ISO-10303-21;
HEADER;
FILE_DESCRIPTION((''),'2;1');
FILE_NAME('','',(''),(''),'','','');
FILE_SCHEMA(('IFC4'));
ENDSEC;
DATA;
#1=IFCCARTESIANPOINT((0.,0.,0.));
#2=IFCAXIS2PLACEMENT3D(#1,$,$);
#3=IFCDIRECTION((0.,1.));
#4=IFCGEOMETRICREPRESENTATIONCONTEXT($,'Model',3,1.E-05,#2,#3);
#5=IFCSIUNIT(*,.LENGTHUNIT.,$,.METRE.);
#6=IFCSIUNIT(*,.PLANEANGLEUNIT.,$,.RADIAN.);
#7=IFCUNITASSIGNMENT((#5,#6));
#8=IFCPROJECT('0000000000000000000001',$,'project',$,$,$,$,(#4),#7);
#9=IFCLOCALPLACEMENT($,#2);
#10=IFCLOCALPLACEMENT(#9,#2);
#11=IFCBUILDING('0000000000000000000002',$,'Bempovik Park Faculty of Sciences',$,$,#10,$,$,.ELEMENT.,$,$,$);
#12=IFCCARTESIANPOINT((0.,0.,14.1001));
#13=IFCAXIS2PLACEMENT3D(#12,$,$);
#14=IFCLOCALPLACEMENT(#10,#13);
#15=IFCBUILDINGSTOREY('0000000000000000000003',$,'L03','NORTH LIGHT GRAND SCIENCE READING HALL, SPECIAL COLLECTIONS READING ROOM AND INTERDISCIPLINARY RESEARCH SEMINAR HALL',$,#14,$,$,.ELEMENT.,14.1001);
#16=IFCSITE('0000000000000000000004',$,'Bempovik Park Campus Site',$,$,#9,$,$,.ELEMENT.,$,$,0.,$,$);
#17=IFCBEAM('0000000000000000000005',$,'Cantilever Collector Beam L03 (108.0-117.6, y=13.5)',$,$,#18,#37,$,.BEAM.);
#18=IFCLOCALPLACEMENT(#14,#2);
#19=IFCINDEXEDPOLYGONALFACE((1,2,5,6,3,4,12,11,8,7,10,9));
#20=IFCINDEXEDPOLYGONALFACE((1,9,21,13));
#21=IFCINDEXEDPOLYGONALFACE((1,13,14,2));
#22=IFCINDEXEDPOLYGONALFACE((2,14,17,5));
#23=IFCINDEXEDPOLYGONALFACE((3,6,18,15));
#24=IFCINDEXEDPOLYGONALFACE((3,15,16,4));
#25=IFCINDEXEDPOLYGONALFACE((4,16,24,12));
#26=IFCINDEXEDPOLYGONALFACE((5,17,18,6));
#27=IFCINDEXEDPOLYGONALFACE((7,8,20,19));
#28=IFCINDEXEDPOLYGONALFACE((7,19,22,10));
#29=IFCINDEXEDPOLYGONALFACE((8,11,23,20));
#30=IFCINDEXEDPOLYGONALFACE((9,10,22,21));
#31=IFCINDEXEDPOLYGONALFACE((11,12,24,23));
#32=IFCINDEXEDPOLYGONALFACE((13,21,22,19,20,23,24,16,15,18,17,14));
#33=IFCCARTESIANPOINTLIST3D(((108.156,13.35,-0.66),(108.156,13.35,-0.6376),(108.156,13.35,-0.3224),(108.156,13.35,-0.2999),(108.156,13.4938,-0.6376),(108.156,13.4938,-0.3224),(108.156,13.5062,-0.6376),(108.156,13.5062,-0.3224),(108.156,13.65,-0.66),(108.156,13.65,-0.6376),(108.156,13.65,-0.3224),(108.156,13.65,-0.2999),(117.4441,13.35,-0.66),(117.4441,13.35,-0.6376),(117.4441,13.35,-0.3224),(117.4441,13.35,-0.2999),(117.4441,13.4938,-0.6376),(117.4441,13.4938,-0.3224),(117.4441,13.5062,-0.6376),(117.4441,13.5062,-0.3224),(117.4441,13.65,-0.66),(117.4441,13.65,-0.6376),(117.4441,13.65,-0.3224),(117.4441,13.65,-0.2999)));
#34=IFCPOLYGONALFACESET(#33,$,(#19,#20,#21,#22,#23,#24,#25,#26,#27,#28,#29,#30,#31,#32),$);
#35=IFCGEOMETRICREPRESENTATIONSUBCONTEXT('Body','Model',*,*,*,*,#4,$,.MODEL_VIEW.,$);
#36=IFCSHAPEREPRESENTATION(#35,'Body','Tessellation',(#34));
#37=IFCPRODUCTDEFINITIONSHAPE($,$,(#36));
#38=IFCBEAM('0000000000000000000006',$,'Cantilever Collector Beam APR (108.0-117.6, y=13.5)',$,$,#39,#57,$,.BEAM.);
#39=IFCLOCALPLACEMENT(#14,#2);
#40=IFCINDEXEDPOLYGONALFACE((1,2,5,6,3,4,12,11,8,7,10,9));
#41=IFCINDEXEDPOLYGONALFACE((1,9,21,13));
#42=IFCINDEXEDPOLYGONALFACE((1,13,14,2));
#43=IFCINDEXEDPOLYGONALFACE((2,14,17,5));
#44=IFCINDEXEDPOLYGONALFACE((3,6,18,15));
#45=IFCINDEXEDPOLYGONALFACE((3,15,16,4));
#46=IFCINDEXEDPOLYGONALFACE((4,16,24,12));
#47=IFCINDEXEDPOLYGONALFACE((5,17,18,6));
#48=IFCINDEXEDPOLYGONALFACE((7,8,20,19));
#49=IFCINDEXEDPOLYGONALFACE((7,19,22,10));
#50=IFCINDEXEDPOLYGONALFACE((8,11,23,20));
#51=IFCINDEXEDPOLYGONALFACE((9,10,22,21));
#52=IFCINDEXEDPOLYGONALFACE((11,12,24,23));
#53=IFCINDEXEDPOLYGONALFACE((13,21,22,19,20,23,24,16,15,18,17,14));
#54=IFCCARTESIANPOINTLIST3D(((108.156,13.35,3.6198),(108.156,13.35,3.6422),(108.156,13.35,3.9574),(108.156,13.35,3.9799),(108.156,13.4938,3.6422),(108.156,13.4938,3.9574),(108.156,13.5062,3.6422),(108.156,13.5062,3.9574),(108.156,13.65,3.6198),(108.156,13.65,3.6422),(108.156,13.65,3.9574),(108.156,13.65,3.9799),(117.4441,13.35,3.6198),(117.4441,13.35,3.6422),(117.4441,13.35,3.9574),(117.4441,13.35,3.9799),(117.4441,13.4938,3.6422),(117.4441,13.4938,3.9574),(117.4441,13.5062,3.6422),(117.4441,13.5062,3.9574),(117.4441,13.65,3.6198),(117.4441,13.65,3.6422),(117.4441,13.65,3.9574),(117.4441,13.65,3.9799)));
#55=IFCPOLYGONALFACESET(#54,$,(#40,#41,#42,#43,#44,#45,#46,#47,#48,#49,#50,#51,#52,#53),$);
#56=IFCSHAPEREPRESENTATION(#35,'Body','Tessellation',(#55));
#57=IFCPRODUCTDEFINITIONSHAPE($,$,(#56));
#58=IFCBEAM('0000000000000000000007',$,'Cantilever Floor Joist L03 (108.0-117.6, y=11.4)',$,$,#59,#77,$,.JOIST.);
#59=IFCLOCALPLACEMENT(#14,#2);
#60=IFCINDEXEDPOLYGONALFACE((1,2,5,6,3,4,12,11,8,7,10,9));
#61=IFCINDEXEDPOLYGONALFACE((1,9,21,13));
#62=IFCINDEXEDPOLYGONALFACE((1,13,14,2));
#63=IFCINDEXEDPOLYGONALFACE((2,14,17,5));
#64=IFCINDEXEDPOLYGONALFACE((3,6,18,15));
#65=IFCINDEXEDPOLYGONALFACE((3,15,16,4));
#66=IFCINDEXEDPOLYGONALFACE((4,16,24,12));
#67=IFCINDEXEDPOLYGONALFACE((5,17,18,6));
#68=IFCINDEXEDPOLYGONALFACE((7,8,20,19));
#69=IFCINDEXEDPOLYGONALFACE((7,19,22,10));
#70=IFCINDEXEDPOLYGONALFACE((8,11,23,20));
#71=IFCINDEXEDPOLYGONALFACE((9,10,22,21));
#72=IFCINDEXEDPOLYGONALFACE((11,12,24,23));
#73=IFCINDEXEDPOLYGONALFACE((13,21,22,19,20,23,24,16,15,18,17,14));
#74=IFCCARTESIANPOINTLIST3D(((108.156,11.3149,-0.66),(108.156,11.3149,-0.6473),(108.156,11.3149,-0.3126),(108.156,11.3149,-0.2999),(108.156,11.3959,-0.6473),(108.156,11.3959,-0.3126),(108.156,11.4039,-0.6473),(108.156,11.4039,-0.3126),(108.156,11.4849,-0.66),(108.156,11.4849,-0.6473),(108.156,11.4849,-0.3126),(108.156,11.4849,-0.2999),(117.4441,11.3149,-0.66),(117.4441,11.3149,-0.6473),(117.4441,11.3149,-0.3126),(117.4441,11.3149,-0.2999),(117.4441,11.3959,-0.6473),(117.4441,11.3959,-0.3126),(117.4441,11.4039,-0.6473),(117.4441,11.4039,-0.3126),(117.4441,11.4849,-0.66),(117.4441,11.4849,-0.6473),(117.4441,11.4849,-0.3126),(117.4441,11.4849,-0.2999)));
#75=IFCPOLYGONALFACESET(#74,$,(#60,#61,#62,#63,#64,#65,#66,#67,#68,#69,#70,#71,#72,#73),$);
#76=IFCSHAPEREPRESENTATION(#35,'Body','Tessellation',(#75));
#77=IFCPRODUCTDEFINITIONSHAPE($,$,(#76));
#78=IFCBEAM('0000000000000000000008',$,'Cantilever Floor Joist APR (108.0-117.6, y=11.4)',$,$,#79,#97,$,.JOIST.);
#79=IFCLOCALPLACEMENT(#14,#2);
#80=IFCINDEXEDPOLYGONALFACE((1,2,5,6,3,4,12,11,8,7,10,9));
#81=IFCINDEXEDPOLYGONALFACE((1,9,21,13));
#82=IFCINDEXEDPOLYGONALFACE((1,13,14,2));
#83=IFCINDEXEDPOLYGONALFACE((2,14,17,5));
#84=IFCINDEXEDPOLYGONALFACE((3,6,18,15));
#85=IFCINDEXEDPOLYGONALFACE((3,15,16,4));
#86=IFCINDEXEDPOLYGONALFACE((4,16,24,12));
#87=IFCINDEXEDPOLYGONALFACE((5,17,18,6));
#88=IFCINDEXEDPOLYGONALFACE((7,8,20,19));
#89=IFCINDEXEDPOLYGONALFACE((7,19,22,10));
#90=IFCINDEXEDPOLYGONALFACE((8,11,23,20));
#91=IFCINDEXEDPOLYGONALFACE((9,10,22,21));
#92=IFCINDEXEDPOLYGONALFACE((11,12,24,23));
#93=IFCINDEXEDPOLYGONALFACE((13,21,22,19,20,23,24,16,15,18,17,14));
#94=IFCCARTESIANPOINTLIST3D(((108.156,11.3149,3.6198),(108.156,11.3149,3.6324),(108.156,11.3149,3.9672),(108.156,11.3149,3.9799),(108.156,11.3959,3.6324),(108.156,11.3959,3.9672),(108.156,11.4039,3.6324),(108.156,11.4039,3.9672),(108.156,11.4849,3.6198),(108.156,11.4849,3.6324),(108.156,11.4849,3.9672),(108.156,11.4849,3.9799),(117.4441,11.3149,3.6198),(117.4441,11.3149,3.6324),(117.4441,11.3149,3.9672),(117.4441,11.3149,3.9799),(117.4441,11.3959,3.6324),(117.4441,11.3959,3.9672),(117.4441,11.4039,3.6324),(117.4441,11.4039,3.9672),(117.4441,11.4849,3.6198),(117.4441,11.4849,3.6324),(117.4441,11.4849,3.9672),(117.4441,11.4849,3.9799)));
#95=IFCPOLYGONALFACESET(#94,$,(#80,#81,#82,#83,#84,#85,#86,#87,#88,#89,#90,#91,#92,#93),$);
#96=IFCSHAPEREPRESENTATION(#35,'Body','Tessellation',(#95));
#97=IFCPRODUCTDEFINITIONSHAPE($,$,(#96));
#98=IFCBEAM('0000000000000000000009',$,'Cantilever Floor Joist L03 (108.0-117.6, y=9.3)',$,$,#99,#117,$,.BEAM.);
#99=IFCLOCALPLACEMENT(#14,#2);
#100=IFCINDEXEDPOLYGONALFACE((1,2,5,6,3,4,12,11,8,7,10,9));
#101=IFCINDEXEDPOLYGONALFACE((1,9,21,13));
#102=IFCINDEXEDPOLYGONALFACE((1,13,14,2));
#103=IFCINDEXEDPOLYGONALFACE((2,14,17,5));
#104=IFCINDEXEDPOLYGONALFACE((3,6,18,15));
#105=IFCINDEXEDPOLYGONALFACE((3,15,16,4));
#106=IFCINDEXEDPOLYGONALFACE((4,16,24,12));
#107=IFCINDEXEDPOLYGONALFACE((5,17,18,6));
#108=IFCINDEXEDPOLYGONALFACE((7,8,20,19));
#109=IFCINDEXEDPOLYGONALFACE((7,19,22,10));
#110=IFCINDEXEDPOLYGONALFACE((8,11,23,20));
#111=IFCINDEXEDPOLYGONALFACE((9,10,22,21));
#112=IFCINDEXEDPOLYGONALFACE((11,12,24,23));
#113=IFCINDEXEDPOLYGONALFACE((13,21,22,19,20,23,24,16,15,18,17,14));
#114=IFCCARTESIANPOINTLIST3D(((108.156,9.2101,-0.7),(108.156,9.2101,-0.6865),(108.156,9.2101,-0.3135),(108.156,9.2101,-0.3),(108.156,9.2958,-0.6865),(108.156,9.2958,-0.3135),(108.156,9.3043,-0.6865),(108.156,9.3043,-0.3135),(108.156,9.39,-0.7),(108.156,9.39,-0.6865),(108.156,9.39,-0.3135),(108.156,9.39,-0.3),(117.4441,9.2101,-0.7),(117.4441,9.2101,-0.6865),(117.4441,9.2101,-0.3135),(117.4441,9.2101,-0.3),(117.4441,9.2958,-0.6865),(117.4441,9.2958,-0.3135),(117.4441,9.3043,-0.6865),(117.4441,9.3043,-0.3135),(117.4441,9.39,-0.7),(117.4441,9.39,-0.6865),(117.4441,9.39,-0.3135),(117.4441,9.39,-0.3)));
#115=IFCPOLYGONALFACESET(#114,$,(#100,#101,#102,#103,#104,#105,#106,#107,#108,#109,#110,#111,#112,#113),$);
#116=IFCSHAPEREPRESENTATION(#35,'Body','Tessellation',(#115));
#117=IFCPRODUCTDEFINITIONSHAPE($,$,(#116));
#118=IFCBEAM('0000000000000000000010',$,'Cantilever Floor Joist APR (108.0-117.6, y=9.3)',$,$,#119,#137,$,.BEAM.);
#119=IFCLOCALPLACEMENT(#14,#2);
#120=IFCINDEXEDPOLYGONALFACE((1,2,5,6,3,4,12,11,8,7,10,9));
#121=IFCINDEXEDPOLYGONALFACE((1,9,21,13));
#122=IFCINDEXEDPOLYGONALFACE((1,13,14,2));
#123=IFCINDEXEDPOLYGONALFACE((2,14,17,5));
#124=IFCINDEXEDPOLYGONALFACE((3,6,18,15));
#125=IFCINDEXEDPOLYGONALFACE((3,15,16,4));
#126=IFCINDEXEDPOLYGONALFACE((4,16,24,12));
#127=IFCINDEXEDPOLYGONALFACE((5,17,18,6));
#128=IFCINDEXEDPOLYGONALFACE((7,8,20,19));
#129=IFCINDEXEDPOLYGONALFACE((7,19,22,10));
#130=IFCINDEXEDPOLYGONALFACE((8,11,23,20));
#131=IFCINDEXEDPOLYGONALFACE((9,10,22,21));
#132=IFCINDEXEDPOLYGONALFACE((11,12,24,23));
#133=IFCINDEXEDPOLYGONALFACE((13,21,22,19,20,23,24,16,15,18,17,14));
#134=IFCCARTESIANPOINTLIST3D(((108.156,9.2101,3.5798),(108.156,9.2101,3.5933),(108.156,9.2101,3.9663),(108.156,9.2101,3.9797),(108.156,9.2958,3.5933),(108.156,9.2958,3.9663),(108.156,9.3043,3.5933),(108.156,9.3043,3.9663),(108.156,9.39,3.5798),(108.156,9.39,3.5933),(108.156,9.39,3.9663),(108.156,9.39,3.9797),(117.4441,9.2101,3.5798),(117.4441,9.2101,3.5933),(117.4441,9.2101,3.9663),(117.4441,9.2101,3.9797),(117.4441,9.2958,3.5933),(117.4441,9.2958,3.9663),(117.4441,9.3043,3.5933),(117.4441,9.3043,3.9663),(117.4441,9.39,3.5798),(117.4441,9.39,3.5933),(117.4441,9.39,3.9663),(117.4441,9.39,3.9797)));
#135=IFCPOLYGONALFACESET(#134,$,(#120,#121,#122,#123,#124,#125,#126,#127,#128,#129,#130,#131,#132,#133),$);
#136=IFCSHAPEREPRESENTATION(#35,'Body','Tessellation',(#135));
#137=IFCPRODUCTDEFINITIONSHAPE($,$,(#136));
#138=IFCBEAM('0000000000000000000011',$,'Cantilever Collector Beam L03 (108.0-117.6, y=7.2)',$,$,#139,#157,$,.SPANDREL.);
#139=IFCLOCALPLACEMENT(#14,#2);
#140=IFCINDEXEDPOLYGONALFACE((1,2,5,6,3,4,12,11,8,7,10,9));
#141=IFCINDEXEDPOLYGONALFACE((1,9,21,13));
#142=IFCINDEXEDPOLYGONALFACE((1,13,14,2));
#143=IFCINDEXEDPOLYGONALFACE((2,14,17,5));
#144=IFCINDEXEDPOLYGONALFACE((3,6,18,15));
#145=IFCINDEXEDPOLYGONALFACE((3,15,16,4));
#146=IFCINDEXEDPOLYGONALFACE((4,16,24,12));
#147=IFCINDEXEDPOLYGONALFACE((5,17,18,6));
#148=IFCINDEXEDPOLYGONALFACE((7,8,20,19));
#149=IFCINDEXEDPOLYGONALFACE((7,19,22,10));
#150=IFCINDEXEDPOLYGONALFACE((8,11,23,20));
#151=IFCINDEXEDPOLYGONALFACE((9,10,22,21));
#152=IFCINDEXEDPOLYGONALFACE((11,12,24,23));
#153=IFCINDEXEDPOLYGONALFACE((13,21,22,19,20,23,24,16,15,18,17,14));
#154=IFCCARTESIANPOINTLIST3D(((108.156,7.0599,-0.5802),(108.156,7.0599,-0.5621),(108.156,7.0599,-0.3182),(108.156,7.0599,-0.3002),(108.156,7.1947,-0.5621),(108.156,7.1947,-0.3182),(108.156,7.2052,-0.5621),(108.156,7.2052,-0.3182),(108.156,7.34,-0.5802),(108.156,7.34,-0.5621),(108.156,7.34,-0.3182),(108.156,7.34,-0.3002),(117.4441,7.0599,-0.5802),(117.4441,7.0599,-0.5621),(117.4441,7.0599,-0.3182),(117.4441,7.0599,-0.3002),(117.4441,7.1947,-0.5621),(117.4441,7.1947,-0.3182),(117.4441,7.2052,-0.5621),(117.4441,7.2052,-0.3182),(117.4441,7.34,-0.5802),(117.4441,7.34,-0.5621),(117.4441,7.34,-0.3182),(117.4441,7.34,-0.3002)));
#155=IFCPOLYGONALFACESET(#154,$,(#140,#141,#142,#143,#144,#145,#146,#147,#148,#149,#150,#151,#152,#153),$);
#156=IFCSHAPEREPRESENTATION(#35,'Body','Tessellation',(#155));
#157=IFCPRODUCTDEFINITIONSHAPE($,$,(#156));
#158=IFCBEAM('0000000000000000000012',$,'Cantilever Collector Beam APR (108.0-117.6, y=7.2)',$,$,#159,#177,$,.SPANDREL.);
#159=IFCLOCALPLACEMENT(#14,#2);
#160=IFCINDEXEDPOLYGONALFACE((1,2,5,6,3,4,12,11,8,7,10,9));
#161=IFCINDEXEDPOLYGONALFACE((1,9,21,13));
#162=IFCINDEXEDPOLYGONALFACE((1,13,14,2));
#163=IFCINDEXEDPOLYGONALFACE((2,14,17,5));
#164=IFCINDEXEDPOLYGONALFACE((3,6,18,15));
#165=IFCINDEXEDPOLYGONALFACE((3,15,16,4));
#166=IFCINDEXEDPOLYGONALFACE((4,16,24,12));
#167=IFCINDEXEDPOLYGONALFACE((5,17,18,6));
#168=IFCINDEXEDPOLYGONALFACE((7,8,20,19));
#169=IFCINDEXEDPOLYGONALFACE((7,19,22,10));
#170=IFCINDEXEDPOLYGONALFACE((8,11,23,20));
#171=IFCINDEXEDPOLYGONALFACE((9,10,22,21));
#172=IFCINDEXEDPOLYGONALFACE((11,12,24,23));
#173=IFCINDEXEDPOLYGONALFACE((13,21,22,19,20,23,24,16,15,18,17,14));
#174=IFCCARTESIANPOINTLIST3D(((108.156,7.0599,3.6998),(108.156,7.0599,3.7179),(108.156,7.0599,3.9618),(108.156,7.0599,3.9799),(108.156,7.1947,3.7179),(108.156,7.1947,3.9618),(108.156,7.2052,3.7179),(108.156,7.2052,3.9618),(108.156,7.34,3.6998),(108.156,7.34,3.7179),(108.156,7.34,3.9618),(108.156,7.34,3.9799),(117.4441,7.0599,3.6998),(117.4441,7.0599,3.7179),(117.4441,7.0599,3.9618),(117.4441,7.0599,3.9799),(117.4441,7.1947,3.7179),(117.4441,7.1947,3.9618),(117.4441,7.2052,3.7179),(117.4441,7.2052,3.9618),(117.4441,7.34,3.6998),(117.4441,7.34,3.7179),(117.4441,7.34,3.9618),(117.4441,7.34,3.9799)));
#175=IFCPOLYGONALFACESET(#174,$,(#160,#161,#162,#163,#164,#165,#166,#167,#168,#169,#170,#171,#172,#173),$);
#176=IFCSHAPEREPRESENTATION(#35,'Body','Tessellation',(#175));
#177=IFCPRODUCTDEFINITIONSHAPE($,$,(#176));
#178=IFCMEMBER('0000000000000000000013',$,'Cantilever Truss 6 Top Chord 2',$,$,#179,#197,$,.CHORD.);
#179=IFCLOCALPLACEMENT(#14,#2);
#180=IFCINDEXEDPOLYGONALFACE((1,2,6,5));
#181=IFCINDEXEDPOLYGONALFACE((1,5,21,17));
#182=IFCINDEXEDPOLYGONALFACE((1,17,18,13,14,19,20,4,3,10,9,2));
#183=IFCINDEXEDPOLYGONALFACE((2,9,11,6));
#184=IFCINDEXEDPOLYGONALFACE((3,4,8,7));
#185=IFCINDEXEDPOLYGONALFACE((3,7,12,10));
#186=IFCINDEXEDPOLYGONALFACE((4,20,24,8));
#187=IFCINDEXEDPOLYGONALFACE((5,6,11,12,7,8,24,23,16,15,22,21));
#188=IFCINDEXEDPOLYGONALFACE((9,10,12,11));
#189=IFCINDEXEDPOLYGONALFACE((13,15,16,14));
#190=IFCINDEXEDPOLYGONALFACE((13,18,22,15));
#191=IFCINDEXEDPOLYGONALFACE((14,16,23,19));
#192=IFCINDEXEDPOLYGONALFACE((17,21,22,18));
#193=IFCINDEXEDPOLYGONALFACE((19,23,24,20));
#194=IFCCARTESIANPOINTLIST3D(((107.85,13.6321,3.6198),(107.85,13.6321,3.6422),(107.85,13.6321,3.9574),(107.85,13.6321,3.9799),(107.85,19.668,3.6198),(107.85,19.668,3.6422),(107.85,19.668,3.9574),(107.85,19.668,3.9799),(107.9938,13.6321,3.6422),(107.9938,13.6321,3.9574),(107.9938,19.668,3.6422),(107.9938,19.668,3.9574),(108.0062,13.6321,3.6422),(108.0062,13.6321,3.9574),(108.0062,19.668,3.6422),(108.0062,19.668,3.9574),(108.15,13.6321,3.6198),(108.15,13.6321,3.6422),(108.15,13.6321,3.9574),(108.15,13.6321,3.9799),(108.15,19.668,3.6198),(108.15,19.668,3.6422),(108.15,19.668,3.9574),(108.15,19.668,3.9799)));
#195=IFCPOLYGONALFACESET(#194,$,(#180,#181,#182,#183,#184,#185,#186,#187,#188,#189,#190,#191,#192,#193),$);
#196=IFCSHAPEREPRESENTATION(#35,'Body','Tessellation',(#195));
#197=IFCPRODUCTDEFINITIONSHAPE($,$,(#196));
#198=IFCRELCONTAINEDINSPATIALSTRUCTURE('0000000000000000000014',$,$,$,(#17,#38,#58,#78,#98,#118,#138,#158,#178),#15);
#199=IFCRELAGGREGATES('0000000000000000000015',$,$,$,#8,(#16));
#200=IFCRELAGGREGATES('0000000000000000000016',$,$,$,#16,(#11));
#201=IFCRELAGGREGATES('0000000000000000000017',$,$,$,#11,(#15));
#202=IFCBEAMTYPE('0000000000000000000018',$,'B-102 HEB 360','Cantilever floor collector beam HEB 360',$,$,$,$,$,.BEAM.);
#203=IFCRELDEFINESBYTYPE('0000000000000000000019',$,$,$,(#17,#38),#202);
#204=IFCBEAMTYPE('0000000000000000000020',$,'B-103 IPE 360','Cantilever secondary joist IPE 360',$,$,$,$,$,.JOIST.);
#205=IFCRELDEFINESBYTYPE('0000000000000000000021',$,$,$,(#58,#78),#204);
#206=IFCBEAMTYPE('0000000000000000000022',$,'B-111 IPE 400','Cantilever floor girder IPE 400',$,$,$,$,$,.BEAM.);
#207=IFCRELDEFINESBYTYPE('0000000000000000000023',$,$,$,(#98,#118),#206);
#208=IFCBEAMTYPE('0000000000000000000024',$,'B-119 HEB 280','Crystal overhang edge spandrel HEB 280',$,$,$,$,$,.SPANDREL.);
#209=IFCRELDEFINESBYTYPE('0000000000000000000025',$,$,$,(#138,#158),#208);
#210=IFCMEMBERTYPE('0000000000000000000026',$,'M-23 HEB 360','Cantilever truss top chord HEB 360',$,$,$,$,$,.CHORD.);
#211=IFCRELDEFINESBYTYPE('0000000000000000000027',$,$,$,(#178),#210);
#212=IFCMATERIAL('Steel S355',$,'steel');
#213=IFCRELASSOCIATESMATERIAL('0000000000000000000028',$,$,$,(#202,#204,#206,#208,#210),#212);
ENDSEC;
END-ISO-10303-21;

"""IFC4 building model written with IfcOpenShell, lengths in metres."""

from ifc_helpers import new_model, si_unit, direction, frame, origin, origin_2d, place, context, subcontext, project, spatial, i_section, extrude, material, material_profile, profile_set, type_object, element, save


model = new_model("IFC4")

# Units and contexts
model_context = context("Model", 3, precision=1e-05, world=origin(), true_north=direction((0.0, 1.0)))
body_context = subcontext(model_context, "Body", "Model", "MODEL_VIEW")
ifc_project = project(units=[si_unit("LENGTHUNIT", "METRE"), si_unit("PLANEANGLEUNIT", "RADIAN")], contexts=[model_context])

# Site, building, storey
site_placement = place(None, origin())
site = spatial("IfcSite", under=ifc_project, at=site_placement, Name="Bempovik Park Campus Site", CompositionType="ELEMENT", RefElevation=0.0)
building_placement = place(site_placement, origin())
building = spatial("IfcBuilding", under=site, at=building_placement, Name="Bempovik Park Faculty of Sciences", CompositionType="ELEMENT")
storey_placement = place(building_placement, frame((0.0, 0.0, 14.1001)))
storey = spatial("IfcBuildingStorey", under=building, at=storey_placement, Name="L03", Description="NORTH LIGHT GRAND SCIENCE READING HALL, SPECIAL COLLECTIONS READING ROOM AND INTERDISCIPLINARY RESEARCH SEMINAR HALL", CompositionType="ELEMENT", Elevation=14.1001)

# Beams
ifc_material_1 = material(Name="Steel S355", Category="steel")
ifc_material_profile_1 = material_profile(ifc_material_1, i_section(OverallWidth=0.3, OverallDepth=0.3601, WebThickness=0.0125, FlangeThickness=0.0225, at=origin_2d()), Name="HEB 360")
ifc_profile_set_1 = profile_set([ifc_material_profile_1], Name="Steel S355")
beam_type_1 = type_object("IfcBeamType", Name="B-102 HEB 360", Description="Cantilever floor collector beam HEB 360", PredefinedType="BEAM", material=ifc_profile_set_1)
for number, where, z_axis, x_axis, name in (
    (1, (108.156, 13.5, -0.48), (1.0, 0.0, 0.0), (0.0, 1.0, 0.0), "Cantilever Collector Beam L03 (108.0-117.6, y=13.5)"),
    (2, (108.156, 13.5, 3.7998), (1.0, 0.0, 0.0), (0.0, 1.0, 0.0), "Cantilever Collector Beam APR (108.0-117.6, y=13.5)"),
):
    element("IfcBeam", number, at=place(storey_placement, frame(where, z_axis=z_axis, x_axis=x_axis)), inside=storey, type_object=beam_type_1, Name=name, PredefinedType="BEAM", context=body_context, shape_type="SweptSolid", body=[
        extrude(i_section(OverallWidth=0.3, OverallDepth=0.3601, WebThickness=0.0125, FlangeThickness=0.0225, at=origin_2d()), origin(), (0.0, 0.0, 1.0), 9.2881),
    ])
ifc_material_profile_2 = material_profile(ifc_material_1, i_section(OverallWidth=0.1699, OverallDepth=0.3601, WebThickness=0.0081, FlangeThickness=0.0127, at=origin_2d()), Name="IPE 360")
ifc_profile_set_2 = profile_set([ifc_material_profile_2], Name="Steel S355")
beam_type_2 = type_object("IfcBeamType", Name="B-103 IPE 360", Description="Cantilever secondary joist IPE 360", PredefinedType="JOIST", material=ifc_profile_set_2)
for number, where, z_axis, x_axis, name in (
    (3, (108.156, 11.3999, -0.48), (1.0, 0.0, 0.0), (0.0, 1.0, 0.0), "Cantilever Floor Joist L03 (108.0-117.6, y=11.4)"),
    (4, (108.156, 11.3999, 3.7998), (1.0, 0.0, 0.0), (0.0, 1.0, 0.0), "Cantilever Floor Joist APR (108.0-117.6, y=11.4)"),
):
    element("IfcBeam", number, at=place(storey_placement, frame(where, z_axis=z_axis, x_axis=x_axis)), inside=storey, type_object=beam_type_2, Name=name, PredefinedType="JOIST", context=body_context, shape_type="SweptSolid", body=[
        extrude(i_section(OverallWidth=0.1699, OverallDepth=0.3601, WebThickness=0.0081, FlangeThickness=0.0127, at=origin_2d()), origin(), (0.0, 0.0, 1.0), 9.2881),
    ])
ifc_material_profile_3 = material_profile(ifc_material_1, i_section(OverallWidth=0.1799, OverallDepth=0.3999, WebThickness=0.0085, FlangeThickness=0.0134, at=origin_2d()), Name="IPE 400")
ifc_profile_set_3 = profile_set([ifc_material_profile_3], Name="Steel S355")
beam_type_3 = type_object("IfcBeamType", Name="B-111 IPE 400", Description="Cantilever floor girder IPE 400", PredefinedType="BEAM", material=ifc_profile_set_3)
for number, where, z_axis, x_axis, name in (
    (5, (108.156, 9.3, -0.5), (1.0, 0.0, 0.0), (0.0, 1.0, 0.0), "Cantilever Floor Joist L03 (108.0-117.6, y=9.3)"),
    (6, (108.156, 9.3, 3.7798), (1.0, 0.0, 0.0), (0.0, 1.0, 0.0), "Cantilever Floor Joist APR (108.0-117.6, y=9.3)"),
):
    element("IfcBeam", number, at=place(storey_placement, frame(where, z_axis=z_axis, x_axis=x_axis)), inside=storey, type_object=beam_type_3, Name=name, PredefinedType="BEAM", context=body_context, shape_type="SweptSolid", body=[
        extrude(i_section(OverallWidth=0.1799, OverallDepth=0.3999, WebThickness=0.0085, FlangeThickness=0.0134, at=origin_2d()), origin(), (0.0, 0.0, 1.0), 9.2881),
    ])
ifc_material_profile_4 = material_profile(ifc_material_1, i_section(OverallWidth=0.28, OverallDepth=0.28, WebThickness=0.0105, FlangeThickness=0.0181, at=origin_2d()), Name="HEB 280")
ifc_profile_set_4 = profile_set([ifc_material_profile_4], Name="Steel S355")
beam_type_4 = type_object("IfcBeamType", Name="B-119 HEB 280", Description="Crystal overhang edge spandrel HEB 280", PredefinedType="SPANDREL", material=ifc_profile_set_4)
for number, where, z_axis, x_axis, name in (
    (7, (108.156, 7.2, -0.4402), (1.0, 0.0, 0.0), (0.0, 1.0, 0.0), "Cantilever Collector Beam L03 (108.0-117.6, y=7.2)"),
    (8, (108.156, 7.2, 3.8398), (1.0, 0.0, 0.0), (0.0, 1.0, 0.0), "Cantilever Collector Beam APR (108.0-117.6, y=7.2)"),
):
    element("IfcBeam", number, at=place(storey_placement, frame(where, z_axis=z_axis, x_axis=x_axis)), inside=storey, type_object=beam_type_4, Name=name, PredefinedType="SPANDREL", context=body_context, shape_type="SweptSolid", body=[
        extrude(i_section(OverallWidth=0.28, OverallDepth=0.28, WebThickness=0.0105, FlangeThickness=0.0181, at=origin_2d()), origin(), (0.0, 0.0, 1.0), 9.2881),
    ])

# Member
ifc_material_profile_5 = material_profile(ifc_material_1, i_section(OverallWidth=0.3, OverallDepth=0.3601, WebThickness=0.0125, FlangeThickness=0.0225, at=origin_2d()), Name="HEB 360")
ifc_profile_set_5 = profile_set([ifc_material_profile_5], Name="Steel S355")
member_type_1 = type_object("IfcMemberType", Name="M-23 HEB 360", Description="Cantilever truss top chord HEB 360", PredefinedType="CHORD", material=ifc_profile_set_5)
member_1_placement = place(storey_placement, frame((108.0, 13.6321, 3.7998), z_axis=(0.0, 1.0, 0.0), x_axis=(-1.0, 0.0, 0.0)))
element("IfcMember", 9, at=member_1_placement, inside=storey, type_object=member_type_1, Name="Cantilever Truss 6 Top Chord 2", PredefinedType="CHORD", context=body_context, shape_type="SweptSolid", body=[
    extrude(i_section(OverallWidth=0.3, OverallDepth=0.3601, WebThickness=0.0125, FlangeThickness=0.0225, at=origin_2d()), origin(), (0.0, 0.0, 1.0), 6.0359),
])

save(model, "model.ifc")
